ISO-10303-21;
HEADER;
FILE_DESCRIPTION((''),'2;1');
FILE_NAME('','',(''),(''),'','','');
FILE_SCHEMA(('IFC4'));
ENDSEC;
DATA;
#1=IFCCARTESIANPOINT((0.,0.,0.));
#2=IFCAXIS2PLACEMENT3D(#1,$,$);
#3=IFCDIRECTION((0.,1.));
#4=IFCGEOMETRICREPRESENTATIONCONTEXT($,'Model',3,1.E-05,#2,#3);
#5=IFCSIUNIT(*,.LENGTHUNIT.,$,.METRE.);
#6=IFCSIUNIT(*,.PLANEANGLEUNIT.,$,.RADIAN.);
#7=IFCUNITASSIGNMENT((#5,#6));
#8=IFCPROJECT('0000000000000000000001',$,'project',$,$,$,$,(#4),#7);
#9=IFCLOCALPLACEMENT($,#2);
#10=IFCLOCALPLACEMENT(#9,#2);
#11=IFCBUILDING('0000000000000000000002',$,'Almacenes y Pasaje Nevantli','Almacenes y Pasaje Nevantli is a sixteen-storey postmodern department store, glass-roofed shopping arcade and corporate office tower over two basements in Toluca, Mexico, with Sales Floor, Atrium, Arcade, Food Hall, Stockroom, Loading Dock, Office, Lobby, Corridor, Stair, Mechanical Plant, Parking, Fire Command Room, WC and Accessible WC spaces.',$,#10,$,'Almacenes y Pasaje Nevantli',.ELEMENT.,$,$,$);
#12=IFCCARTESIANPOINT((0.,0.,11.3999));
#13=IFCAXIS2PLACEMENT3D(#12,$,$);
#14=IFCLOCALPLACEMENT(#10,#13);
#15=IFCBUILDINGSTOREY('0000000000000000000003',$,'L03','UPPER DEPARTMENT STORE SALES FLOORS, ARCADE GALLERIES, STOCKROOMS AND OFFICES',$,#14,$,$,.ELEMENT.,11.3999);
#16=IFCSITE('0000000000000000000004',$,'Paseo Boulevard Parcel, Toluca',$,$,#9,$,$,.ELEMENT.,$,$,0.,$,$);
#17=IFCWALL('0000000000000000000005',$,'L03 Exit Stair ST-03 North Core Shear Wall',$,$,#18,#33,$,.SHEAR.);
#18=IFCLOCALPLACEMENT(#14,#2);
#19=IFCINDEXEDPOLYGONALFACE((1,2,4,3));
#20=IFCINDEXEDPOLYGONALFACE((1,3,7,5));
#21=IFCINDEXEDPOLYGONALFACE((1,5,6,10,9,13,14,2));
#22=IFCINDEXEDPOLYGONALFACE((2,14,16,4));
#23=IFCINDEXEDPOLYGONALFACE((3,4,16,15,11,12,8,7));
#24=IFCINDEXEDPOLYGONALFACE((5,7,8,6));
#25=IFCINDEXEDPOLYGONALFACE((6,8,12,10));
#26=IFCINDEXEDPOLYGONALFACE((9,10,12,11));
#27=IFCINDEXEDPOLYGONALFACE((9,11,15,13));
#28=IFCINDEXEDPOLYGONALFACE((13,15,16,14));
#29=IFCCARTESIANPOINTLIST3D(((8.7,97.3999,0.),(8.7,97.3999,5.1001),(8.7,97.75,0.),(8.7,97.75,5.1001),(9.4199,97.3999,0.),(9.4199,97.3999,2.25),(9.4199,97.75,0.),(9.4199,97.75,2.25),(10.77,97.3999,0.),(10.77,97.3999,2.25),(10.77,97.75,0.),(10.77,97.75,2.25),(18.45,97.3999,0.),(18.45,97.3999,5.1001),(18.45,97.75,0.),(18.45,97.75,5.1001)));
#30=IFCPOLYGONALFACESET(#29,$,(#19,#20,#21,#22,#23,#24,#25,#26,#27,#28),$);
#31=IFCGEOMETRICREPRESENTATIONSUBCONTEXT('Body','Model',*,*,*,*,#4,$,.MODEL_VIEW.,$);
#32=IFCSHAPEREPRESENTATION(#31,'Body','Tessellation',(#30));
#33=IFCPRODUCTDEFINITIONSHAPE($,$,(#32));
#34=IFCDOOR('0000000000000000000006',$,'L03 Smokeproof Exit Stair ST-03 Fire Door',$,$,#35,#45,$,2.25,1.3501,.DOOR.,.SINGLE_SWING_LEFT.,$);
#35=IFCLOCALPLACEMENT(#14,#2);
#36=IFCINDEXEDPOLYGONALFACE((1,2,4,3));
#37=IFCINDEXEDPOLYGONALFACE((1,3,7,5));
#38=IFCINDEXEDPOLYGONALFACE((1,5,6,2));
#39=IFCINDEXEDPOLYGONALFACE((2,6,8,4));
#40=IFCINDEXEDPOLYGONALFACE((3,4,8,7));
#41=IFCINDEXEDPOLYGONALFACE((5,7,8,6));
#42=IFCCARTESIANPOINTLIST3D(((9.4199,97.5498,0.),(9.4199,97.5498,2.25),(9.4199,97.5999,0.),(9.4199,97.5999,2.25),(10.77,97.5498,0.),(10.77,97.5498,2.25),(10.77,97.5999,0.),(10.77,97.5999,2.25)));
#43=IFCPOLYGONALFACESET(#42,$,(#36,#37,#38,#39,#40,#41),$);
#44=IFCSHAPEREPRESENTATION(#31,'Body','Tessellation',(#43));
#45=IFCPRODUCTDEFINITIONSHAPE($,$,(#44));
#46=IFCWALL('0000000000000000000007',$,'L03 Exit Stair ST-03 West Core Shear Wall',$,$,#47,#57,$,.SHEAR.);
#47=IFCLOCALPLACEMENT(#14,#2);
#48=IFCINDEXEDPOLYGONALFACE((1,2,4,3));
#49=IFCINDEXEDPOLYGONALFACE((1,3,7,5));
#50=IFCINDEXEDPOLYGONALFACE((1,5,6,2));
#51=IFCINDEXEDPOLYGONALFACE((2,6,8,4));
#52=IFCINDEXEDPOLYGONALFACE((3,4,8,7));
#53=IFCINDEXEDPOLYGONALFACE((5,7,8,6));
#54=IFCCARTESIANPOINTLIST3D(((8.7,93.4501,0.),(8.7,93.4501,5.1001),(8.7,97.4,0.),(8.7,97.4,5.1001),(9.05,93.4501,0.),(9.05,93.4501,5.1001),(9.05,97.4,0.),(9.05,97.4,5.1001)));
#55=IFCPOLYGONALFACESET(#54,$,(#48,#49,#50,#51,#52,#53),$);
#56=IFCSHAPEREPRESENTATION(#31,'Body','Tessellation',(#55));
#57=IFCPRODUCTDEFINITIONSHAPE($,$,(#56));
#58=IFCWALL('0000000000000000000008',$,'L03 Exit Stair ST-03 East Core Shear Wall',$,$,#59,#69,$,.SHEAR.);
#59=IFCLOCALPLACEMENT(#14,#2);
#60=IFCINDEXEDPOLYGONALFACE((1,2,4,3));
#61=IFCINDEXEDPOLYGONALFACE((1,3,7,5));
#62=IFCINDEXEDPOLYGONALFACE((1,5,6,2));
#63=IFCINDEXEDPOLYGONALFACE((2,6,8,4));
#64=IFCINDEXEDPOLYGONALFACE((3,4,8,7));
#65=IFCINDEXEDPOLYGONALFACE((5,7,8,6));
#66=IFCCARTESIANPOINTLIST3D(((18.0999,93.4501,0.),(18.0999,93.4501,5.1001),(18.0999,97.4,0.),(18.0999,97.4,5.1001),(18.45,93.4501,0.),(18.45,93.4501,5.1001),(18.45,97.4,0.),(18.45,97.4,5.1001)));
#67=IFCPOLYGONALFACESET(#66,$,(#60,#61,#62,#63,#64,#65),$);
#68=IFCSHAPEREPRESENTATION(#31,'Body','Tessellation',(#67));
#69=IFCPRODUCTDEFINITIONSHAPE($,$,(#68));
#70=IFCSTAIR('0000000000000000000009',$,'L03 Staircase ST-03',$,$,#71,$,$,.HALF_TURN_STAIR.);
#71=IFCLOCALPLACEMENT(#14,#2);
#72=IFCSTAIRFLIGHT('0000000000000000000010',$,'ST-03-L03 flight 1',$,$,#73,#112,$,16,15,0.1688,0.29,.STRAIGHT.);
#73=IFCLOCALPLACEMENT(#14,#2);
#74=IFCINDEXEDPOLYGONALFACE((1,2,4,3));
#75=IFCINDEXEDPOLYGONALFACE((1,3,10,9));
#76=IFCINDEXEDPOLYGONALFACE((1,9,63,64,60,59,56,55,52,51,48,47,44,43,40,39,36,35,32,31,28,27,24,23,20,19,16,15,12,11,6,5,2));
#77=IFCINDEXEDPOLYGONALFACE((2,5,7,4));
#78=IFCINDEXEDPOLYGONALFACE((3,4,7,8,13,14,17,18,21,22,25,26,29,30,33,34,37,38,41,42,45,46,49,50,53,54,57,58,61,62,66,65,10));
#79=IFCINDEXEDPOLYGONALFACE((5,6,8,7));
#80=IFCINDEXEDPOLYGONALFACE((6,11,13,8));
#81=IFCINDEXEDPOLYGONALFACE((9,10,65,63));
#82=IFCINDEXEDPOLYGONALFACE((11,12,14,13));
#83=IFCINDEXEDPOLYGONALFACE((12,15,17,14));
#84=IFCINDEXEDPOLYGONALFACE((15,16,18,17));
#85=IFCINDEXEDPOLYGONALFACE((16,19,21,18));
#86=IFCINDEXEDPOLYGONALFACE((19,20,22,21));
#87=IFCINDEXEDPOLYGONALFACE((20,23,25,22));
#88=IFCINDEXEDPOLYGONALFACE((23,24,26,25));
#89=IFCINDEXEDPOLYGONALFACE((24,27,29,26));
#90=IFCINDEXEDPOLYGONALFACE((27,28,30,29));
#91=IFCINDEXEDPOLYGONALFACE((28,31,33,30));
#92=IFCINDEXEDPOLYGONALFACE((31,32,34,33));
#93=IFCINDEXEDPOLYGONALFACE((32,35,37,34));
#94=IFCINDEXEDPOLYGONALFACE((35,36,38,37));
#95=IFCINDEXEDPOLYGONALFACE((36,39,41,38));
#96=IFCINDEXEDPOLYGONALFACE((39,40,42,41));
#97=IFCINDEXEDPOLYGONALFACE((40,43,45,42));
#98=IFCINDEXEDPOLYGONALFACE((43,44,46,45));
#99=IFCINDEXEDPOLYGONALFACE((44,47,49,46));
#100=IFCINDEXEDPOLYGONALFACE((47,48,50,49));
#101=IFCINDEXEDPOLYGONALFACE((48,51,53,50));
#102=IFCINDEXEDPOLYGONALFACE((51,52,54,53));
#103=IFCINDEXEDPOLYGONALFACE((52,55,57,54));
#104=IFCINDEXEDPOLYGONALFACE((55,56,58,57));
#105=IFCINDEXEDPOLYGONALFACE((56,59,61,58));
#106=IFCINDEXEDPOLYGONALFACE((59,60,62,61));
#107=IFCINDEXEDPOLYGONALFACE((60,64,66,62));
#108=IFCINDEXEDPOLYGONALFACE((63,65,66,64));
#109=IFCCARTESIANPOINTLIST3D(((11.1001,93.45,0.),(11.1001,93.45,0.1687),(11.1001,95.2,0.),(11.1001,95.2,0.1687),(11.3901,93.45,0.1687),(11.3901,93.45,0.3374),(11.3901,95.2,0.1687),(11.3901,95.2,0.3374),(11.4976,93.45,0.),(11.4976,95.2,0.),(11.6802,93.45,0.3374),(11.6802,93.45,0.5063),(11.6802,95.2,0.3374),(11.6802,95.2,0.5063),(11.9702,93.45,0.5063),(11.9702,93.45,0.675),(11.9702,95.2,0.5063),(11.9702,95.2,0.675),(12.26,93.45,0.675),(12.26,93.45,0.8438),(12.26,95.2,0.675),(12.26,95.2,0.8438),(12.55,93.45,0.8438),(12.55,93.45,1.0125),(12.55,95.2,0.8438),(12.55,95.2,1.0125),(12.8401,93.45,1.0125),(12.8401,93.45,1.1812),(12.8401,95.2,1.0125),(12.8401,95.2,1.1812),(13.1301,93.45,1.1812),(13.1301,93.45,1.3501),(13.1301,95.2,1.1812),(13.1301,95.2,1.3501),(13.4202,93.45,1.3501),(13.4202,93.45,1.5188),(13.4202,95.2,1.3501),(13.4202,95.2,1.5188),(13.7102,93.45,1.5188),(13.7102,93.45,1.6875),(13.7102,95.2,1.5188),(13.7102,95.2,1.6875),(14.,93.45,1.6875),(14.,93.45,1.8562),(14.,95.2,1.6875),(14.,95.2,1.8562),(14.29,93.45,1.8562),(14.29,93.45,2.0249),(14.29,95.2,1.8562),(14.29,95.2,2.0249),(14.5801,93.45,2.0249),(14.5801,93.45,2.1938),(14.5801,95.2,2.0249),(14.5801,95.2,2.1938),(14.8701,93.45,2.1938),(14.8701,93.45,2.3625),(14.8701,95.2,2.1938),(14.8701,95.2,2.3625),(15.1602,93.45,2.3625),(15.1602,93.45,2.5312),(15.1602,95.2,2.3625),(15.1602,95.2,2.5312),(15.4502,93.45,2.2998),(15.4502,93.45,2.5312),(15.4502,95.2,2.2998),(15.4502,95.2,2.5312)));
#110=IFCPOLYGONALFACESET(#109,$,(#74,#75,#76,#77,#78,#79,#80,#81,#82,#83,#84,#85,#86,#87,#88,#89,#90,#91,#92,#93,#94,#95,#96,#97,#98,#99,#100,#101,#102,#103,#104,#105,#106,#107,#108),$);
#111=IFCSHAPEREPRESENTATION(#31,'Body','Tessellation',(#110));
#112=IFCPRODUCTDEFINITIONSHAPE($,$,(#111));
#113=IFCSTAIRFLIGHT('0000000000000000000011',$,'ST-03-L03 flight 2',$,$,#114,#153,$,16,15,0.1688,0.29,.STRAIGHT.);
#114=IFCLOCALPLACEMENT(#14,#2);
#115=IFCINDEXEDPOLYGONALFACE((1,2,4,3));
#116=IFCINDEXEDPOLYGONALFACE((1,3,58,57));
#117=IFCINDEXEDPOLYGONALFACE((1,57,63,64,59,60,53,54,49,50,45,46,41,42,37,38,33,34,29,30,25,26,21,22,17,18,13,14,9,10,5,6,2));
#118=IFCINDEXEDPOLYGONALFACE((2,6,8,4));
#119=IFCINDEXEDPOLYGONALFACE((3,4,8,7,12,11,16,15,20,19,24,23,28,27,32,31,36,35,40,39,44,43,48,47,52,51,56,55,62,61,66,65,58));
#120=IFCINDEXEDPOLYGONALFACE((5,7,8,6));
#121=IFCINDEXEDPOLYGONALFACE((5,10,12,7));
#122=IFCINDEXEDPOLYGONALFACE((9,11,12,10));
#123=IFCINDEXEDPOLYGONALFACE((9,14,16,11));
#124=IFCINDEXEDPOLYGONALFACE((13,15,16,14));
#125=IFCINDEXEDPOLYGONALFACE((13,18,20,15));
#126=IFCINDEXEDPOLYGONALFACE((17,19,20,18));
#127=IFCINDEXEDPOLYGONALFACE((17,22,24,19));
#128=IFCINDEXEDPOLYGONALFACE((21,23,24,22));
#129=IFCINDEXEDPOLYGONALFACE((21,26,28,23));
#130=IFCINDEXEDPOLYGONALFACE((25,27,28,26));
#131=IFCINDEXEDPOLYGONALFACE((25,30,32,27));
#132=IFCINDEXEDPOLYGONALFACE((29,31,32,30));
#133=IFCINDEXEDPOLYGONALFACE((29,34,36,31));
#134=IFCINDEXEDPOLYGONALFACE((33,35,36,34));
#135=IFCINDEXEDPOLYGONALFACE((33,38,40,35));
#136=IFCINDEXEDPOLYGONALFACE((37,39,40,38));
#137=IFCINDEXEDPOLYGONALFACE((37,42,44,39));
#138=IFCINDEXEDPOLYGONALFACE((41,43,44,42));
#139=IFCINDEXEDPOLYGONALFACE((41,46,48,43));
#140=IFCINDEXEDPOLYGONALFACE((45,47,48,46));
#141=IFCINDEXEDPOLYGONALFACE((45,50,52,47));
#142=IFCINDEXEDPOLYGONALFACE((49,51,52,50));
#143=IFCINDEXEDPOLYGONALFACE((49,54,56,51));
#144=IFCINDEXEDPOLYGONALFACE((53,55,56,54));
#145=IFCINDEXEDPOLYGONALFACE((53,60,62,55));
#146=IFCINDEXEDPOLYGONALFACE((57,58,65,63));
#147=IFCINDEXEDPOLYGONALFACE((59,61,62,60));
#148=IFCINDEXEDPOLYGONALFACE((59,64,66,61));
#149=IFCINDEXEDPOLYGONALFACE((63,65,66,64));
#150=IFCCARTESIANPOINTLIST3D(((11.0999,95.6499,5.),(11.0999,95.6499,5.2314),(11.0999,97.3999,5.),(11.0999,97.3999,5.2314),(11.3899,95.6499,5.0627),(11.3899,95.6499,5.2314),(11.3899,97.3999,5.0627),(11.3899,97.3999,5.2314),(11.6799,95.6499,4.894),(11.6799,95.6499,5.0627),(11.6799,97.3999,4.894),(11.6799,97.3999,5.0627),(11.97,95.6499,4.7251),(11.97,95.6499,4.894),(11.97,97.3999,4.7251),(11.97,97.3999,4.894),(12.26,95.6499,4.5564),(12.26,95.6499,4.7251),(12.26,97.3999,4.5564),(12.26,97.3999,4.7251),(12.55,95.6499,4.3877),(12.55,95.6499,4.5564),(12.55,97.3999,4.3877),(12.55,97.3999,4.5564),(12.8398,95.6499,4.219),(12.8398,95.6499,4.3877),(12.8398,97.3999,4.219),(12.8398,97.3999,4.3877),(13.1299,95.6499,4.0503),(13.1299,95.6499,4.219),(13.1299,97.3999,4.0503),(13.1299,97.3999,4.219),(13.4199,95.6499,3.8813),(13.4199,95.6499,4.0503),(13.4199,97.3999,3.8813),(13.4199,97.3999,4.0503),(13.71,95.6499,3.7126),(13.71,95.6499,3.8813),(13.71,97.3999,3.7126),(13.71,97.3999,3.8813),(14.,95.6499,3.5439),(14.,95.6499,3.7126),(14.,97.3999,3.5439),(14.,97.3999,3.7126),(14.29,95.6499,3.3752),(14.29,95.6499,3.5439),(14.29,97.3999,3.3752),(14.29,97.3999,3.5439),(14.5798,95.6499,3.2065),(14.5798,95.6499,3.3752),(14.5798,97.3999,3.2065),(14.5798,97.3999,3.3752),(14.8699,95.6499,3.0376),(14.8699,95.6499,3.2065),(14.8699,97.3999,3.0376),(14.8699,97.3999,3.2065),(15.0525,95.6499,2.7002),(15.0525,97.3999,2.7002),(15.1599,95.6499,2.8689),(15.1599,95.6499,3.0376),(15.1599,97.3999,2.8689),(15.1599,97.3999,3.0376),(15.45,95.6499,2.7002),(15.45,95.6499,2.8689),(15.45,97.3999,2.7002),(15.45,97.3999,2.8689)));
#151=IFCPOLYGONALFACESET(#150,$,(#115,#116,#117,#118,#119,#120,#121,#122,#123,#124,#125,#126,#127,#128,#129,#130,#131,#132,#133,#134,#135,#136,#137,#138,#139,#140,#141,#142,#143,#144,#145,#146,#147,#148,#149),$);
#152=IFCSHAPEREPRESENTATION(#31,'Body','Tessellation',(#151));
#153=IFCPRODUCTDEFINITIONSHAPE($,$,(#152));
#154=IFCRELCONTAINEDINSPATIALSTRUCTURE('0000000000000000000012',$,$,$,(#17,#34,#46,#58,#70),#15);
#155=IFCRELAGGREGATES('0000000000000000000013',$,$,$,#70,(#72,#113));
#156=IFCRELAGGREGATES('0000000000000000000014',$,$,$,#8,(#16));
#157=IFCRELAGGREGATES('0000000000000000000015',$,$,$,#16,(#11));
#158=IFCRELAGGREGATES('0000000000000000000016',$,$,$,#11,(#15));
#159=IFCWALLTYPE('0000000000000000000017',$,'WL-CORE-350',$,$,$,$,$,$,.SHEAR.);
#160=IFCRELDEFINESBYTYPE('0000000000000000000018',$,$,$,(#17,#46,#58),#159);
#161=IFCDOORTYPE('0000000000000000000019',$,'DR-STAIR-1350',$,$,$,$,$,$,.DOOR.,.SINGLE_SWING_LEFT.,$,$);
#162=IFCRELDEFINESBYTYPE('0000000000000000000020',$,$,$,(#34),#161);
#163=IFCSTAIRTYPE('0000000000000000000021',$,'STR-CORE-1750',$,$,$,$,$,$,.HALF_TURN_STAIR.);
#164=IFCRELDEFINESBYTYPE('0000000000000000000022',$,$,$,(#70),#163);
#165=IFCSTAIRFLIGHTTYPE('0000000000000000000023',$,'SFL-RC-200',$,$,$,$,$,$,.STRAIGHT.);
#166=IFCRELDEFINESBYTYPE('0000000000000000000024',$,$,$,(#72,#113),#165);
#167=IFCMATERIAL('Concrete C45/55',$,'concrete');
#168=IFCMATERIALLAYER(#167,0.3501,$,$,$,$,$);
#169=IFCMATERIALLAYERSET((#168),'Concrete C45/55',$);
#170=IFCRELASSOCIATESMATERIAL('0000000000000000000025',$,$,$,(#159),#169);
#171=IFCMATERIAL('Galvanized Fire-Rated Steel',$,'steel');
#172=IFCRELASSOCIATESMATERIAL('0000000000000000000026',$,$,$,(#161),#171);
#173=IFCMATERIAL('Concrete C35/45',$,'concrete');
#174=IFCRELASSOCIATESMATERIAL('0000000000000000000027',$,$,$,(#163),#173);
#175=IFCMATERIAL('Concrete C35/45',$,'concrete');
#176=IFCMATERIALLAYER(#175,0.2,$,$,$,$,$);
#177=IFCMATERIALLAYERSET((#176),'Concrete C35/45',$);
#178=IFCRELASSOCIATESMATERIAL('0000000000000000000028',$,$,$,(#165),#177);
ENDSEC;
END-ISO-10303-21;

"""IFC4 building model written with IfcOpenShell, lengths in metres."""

from ifc_helpers import new_model, si_unit, direction, frame, frame_2d, origin, place, context, subcontext, project, spatial, polyline, rectangle, outline, extrude, material, layer, layer_set, type_object, element, fill, aggregate, save


model = new_model("IFC4")

# Units and contexts
model_context = context("Model", 3, precision=1e-05, world=origin(), true_north=direction((0.0, 1.0)))
body_context = subcontext(model_context, "Body", "Model", "MODEL_VIEW")
ifc_project = project(units=[si_unit("LENGTHUNIT", "METRE"), si_unit("PLANEANGLEUNIT", "RADIAN")], contexts=[model_context])

# Site, building, storey
site_placement = place(None, origin())
site = spatial("IfcSite", under=ifc_project, at=site_placement, Name="Paseo Boulevard Parcel, Toluca", CompositionType="ELEMENT", RefElevation=0.0)
building_placement = place(site_placement, origin())
building = spatial("IfcBuilding", under=site, at=building_placement, Name="Almacenes y Pasaje Nevantli", Description="Almacenes y Pasaje Nevantli is a sixteen-storey postmodern department store, glass-roofed shopping arcade and corporate office tower over two basements in Toluca, Mexico, with Sales Floor, Atrium, Arcade, Food Hall, Stockroom, Loading Dock, Office, Lobby, Corridor, Stair, Mechanical Plant, Parking, Fire Command Room, WC and Accessible WC spaces.", LongName="Almacenes y Pasaje Nevantli", CompositionType="ELEMENT")
storey_placement = place(building_placement, frame((0.0, 0.0, 11.3999)))
storey = spatial("IfcBuildingStorey", under=building, at=storey_placement, Name="L03", Description="UPPER DEPARTMENT STORE SALES FLOORS, ARCADE GALLERIES, STOCKROOMS AND OFFICES", CompositionType="ELEMENT", Elevation=11.3999)

# Shared definitions
ifc_material_1 = material(Name="Concrete C45/55", Category="concrete")
ifc_layer_1 = layer(ifc_material_1, 0.3501)
ifc_layer_set_1 = layer_set([ifc_layer_1], Name="Concrete C45/55")
wall_type = type_object("IfcWallType", Name="WL-CORE-350", PredefinedType="SHEAR", material=ifc_layer_set_1)

# Wall, opening, door
wall_1_placement = place(storey_placement, frame((8.7, 97.575, 0.0), z_axis=(0.0, 0.0, 1.0), x_axis=(1.0, 0.0, 0.0)))
wall_1 = element("IfcWall", 1, at=wall_1_placement, inside=storey, type_object=wall_type, Name="L03 Exit Stair ST-03 North Core Shear Wall", PredefinedType="SHEAR", context=body_context, shape_type="SweptSolid", body=[
    extrude(rectangle(XDim=9.75, YDim=0.3501, at=frame_2d((4.875, 0.0))), origin(), (0.0, 0.0, 1.0), 5.1001),
])
opening_placement = place(wall_1_placement, frame((0.72, 0.0, 0.0)))
opening = element("IfcOpeningElement", 2, at=opening_placement, cuts=wall_1, PredefinedType="OPENING", context=body_context, shape_type="SweptSolid", body=[
    extrude(rectangle(XDim=1.3501, YDim=2.25, at=frame_2d((0.675, 1.125))), frame((0.0, 0.1851, 0.0), z_axis=(0.0, -1.0, 0.0), x_axis=(1.0, 0.0, 0.0)), (0.0, 0.0, 1.0), 0.3701),
])
ifc_material_2 = material(Name="Galvanized Fire-Rated Steel", Category="steel")
door_type = type_object("IfcDoorType", Name="DR-STAIR-1350", OperationType="SINGLE_SWING_LEFT", PredefinedType="DOOR", material=ifc_material_2)
door_placement = place(opening_placement, origin())
door = element("IfcDoor", 3, at=door_placement, inside=storey, type_object=door_type, Name="L03 Smokeproof Exit Stair ST-03 Fire Door", OperationType="SINGLE_SWING_LEFT", OverallHeight=2.25, OverallWidth=1.3501, PredefinedType="DOOR", context=body_context, shape_type="SweptSolid", body=[
    extrude(rectangle(XDim=1.3501, YDim=2.25, at=frame_2d((0.675, 1.125))), frame((0.0, 0.0249, 0.0), z_axis=(0.0, -1.0, 0.0), x_axis=(1.0, 0.0, 0.0)), (0.0, 0.0, 1.0), 0.05),
])
fill(opening, door)

# Walls
for number, where, z_axis, x_axis, name in (
    (4, (8.875, 93.45, 0.0), (0.0, 0.0, 1.0), (0.0, 1.0, 0.0), "L03 Exit Stair ST-03 West Core Shear Wall"),
    (5, (18.2749, 93.45, 0.0), (0.0, 0.0, 1.0), (0.0, 1.0, 0.0), "L03 Exit Stair ST-03 East Core Shear Wall"),
):
    element("IfcWall", number, at=place(storey_placement, frame(where, z_axis=z_axis, x_axis=x_axis)), inside=storey, type_object=wall_type, Name=name, PredefinedType="SHEAR", context=body_context, shape_type="SweptSolid", body=[
        extrude(rectangle(XDim=3.95, YDim=0.3501, at=frame_2d((1.9751, 0.0))), origin(), (0.0, 0.0, 1.0), 5.1001),
    ])

# Stair, stair flights
ifc_material_3 = material(Name="Concrete C35/45", Category="concrete")
stair_type = type_object("IfcStairType", Name="STR-CORE-1750", PredefinedType="HALF_TURN_STAIR", material=ifc_material_3)
stair_placement = place(storey_placement, origin())
stair = element("IfcStair", 6, at=stair_placement, inside=storey, type_object=stair_type, Name="L03 Staircase ST-03", PredefinedType="HALF_TURN_STAIR")
ifc_material_4 = material(Name="Concrete C35/45", Category="concrete")
ifc_layer_2 = layer(ifc_material_4, 0.2)
ifc_layer_set_2 = layer_set([ifc_layer_2], Name="Concrete C35/45")
stair_flight_type = type_object("IfcStairFlightType", Name="SFL-RC-200", PredefinedType="STRAIGHT", material=ifc_layer_set_2)
stair_flight_1_placement = place(storey_placement, frame((11.1001, 94.325, 0.0), z_axis=(0.0, 0.0, 1.0), x_axis=(1.0, 0.0, 0.0)))
stair_flight_1 = element("IfcStairFlight", 7, at=stair_flight_1_placement, type_object=stair_flight_type, Name="ST-03-L03 flight 1", NumberOfRisers=16, NumberOfTreads=15, PredefinedType="STRAIGHT", RiserHeight=0.1688, TreadLength=0.29, context=body_context, shape_type="SweptSolid", body=[
    extrude(outline(polyline([(0.0, 0.0), (0.0, 0.1687), (0.29, 0.1687), (0.29, 0.3374), (0.5801, 0.3374), (0.5801, 0.5063), (0.8701, 0.5063), (0.8701, 0.675), (1.1599, 0.675), (1.1599, 0.8438), (1.45, 0.8438), (1.45, 1.0125), (1.74, 1.0125), (1.74, 1.1812), (2.03, 1.1812), (2.03, 1.3501), (2.3201, 1.3501), (2.3201, 1.5188), (2.6101, 1.5188), (2.6101, 1.6875), (2.8999, 1.6875), (2.8999, 1.8562), (3.1899, 1.8562), (3.1899, 2.0249), (3.48, 2.0249), (3.48, 2.1938), (3.77, 2.1938), (3.77, 2.3625), (4.0601, 2.3625), (4.0601, 2.5312), (4.3501, 2.5312), (4.3501, 2.7), (4.3501, 2.2998), (0.3975, 0.0), (0.0, 0.0)])), frame((0.0, 0.875, 0.0), z_axis=(0.0, -1.0, 0.0), x_axis=(1.0, 0.0, 0.0)), (0.0, 0.0, 1.0), 1.75),
])
stair_flight_2_placement = place(storey_placement, frame((15.45, 96.5249, 2.7002), z_axis=(0.0, 0.0, 1.0), x_axis=(-1.0, 0.0, 0.0)))
stair_flight_2 = element("IfcStairFlight", 8, at=stair_flight_2_placement, type_object=stair_flight_type, Name="ST-03-L03 flight 2", NumberOfRisers=16, NumberOfTreads=15, PredefinedType="STRAIGHT", RiserHeight=0.1688, TreadLength=0.29, context=body_context, shape_type="SweptSolid", body=[
    extrude(outline(polyline([(0.0, 0.0), (0.0, 0.1687), (0.29, 0.1687), (0.29, 0.3374), (0.5801, 0.3374), (0.5801, 0.5063), (0.8701, 0.5063), (0.8701, 0.675), (1.1599, 0.675), (1.1599, 0.8438), (1.45, 0.8438), (1.45, 1.0125), (1.74, 1.0125), (1.74, 1.1812), (2.03, 1.1812), (2.03, 1.3501), (2.3201, 1.3501), (2.3201, 1.5188), (2.6101, 1.5188), (2.6101, 1.6875), (2.8999, 1.6875), (2.8999, 1.8562), (3.1899, 1.8562), (3.1899, 2.0249), (3.48, 2.0249), (3.48, 2.1938), (3.77, 2.1938), (3.77, 2.3625), (4.0601, 2.3625), (4.0601, 2.5312), (4.3501, 2.5312), (4.3501, 2.7), (4.3501, 2.2998), (0.3975, 0.0), (0.0, 0.0)])), frame((0.0, 0.875, 0.0), z_axis=(0.0, -1.0, 0.0), x_axis=(1.0, 0.0, 0.0)), (0.0, 0.0, 1.0), 1.75),
])
aggregate(stair, [stair_flight_1, stair_flight_2])

save(model, "model.ifc")
